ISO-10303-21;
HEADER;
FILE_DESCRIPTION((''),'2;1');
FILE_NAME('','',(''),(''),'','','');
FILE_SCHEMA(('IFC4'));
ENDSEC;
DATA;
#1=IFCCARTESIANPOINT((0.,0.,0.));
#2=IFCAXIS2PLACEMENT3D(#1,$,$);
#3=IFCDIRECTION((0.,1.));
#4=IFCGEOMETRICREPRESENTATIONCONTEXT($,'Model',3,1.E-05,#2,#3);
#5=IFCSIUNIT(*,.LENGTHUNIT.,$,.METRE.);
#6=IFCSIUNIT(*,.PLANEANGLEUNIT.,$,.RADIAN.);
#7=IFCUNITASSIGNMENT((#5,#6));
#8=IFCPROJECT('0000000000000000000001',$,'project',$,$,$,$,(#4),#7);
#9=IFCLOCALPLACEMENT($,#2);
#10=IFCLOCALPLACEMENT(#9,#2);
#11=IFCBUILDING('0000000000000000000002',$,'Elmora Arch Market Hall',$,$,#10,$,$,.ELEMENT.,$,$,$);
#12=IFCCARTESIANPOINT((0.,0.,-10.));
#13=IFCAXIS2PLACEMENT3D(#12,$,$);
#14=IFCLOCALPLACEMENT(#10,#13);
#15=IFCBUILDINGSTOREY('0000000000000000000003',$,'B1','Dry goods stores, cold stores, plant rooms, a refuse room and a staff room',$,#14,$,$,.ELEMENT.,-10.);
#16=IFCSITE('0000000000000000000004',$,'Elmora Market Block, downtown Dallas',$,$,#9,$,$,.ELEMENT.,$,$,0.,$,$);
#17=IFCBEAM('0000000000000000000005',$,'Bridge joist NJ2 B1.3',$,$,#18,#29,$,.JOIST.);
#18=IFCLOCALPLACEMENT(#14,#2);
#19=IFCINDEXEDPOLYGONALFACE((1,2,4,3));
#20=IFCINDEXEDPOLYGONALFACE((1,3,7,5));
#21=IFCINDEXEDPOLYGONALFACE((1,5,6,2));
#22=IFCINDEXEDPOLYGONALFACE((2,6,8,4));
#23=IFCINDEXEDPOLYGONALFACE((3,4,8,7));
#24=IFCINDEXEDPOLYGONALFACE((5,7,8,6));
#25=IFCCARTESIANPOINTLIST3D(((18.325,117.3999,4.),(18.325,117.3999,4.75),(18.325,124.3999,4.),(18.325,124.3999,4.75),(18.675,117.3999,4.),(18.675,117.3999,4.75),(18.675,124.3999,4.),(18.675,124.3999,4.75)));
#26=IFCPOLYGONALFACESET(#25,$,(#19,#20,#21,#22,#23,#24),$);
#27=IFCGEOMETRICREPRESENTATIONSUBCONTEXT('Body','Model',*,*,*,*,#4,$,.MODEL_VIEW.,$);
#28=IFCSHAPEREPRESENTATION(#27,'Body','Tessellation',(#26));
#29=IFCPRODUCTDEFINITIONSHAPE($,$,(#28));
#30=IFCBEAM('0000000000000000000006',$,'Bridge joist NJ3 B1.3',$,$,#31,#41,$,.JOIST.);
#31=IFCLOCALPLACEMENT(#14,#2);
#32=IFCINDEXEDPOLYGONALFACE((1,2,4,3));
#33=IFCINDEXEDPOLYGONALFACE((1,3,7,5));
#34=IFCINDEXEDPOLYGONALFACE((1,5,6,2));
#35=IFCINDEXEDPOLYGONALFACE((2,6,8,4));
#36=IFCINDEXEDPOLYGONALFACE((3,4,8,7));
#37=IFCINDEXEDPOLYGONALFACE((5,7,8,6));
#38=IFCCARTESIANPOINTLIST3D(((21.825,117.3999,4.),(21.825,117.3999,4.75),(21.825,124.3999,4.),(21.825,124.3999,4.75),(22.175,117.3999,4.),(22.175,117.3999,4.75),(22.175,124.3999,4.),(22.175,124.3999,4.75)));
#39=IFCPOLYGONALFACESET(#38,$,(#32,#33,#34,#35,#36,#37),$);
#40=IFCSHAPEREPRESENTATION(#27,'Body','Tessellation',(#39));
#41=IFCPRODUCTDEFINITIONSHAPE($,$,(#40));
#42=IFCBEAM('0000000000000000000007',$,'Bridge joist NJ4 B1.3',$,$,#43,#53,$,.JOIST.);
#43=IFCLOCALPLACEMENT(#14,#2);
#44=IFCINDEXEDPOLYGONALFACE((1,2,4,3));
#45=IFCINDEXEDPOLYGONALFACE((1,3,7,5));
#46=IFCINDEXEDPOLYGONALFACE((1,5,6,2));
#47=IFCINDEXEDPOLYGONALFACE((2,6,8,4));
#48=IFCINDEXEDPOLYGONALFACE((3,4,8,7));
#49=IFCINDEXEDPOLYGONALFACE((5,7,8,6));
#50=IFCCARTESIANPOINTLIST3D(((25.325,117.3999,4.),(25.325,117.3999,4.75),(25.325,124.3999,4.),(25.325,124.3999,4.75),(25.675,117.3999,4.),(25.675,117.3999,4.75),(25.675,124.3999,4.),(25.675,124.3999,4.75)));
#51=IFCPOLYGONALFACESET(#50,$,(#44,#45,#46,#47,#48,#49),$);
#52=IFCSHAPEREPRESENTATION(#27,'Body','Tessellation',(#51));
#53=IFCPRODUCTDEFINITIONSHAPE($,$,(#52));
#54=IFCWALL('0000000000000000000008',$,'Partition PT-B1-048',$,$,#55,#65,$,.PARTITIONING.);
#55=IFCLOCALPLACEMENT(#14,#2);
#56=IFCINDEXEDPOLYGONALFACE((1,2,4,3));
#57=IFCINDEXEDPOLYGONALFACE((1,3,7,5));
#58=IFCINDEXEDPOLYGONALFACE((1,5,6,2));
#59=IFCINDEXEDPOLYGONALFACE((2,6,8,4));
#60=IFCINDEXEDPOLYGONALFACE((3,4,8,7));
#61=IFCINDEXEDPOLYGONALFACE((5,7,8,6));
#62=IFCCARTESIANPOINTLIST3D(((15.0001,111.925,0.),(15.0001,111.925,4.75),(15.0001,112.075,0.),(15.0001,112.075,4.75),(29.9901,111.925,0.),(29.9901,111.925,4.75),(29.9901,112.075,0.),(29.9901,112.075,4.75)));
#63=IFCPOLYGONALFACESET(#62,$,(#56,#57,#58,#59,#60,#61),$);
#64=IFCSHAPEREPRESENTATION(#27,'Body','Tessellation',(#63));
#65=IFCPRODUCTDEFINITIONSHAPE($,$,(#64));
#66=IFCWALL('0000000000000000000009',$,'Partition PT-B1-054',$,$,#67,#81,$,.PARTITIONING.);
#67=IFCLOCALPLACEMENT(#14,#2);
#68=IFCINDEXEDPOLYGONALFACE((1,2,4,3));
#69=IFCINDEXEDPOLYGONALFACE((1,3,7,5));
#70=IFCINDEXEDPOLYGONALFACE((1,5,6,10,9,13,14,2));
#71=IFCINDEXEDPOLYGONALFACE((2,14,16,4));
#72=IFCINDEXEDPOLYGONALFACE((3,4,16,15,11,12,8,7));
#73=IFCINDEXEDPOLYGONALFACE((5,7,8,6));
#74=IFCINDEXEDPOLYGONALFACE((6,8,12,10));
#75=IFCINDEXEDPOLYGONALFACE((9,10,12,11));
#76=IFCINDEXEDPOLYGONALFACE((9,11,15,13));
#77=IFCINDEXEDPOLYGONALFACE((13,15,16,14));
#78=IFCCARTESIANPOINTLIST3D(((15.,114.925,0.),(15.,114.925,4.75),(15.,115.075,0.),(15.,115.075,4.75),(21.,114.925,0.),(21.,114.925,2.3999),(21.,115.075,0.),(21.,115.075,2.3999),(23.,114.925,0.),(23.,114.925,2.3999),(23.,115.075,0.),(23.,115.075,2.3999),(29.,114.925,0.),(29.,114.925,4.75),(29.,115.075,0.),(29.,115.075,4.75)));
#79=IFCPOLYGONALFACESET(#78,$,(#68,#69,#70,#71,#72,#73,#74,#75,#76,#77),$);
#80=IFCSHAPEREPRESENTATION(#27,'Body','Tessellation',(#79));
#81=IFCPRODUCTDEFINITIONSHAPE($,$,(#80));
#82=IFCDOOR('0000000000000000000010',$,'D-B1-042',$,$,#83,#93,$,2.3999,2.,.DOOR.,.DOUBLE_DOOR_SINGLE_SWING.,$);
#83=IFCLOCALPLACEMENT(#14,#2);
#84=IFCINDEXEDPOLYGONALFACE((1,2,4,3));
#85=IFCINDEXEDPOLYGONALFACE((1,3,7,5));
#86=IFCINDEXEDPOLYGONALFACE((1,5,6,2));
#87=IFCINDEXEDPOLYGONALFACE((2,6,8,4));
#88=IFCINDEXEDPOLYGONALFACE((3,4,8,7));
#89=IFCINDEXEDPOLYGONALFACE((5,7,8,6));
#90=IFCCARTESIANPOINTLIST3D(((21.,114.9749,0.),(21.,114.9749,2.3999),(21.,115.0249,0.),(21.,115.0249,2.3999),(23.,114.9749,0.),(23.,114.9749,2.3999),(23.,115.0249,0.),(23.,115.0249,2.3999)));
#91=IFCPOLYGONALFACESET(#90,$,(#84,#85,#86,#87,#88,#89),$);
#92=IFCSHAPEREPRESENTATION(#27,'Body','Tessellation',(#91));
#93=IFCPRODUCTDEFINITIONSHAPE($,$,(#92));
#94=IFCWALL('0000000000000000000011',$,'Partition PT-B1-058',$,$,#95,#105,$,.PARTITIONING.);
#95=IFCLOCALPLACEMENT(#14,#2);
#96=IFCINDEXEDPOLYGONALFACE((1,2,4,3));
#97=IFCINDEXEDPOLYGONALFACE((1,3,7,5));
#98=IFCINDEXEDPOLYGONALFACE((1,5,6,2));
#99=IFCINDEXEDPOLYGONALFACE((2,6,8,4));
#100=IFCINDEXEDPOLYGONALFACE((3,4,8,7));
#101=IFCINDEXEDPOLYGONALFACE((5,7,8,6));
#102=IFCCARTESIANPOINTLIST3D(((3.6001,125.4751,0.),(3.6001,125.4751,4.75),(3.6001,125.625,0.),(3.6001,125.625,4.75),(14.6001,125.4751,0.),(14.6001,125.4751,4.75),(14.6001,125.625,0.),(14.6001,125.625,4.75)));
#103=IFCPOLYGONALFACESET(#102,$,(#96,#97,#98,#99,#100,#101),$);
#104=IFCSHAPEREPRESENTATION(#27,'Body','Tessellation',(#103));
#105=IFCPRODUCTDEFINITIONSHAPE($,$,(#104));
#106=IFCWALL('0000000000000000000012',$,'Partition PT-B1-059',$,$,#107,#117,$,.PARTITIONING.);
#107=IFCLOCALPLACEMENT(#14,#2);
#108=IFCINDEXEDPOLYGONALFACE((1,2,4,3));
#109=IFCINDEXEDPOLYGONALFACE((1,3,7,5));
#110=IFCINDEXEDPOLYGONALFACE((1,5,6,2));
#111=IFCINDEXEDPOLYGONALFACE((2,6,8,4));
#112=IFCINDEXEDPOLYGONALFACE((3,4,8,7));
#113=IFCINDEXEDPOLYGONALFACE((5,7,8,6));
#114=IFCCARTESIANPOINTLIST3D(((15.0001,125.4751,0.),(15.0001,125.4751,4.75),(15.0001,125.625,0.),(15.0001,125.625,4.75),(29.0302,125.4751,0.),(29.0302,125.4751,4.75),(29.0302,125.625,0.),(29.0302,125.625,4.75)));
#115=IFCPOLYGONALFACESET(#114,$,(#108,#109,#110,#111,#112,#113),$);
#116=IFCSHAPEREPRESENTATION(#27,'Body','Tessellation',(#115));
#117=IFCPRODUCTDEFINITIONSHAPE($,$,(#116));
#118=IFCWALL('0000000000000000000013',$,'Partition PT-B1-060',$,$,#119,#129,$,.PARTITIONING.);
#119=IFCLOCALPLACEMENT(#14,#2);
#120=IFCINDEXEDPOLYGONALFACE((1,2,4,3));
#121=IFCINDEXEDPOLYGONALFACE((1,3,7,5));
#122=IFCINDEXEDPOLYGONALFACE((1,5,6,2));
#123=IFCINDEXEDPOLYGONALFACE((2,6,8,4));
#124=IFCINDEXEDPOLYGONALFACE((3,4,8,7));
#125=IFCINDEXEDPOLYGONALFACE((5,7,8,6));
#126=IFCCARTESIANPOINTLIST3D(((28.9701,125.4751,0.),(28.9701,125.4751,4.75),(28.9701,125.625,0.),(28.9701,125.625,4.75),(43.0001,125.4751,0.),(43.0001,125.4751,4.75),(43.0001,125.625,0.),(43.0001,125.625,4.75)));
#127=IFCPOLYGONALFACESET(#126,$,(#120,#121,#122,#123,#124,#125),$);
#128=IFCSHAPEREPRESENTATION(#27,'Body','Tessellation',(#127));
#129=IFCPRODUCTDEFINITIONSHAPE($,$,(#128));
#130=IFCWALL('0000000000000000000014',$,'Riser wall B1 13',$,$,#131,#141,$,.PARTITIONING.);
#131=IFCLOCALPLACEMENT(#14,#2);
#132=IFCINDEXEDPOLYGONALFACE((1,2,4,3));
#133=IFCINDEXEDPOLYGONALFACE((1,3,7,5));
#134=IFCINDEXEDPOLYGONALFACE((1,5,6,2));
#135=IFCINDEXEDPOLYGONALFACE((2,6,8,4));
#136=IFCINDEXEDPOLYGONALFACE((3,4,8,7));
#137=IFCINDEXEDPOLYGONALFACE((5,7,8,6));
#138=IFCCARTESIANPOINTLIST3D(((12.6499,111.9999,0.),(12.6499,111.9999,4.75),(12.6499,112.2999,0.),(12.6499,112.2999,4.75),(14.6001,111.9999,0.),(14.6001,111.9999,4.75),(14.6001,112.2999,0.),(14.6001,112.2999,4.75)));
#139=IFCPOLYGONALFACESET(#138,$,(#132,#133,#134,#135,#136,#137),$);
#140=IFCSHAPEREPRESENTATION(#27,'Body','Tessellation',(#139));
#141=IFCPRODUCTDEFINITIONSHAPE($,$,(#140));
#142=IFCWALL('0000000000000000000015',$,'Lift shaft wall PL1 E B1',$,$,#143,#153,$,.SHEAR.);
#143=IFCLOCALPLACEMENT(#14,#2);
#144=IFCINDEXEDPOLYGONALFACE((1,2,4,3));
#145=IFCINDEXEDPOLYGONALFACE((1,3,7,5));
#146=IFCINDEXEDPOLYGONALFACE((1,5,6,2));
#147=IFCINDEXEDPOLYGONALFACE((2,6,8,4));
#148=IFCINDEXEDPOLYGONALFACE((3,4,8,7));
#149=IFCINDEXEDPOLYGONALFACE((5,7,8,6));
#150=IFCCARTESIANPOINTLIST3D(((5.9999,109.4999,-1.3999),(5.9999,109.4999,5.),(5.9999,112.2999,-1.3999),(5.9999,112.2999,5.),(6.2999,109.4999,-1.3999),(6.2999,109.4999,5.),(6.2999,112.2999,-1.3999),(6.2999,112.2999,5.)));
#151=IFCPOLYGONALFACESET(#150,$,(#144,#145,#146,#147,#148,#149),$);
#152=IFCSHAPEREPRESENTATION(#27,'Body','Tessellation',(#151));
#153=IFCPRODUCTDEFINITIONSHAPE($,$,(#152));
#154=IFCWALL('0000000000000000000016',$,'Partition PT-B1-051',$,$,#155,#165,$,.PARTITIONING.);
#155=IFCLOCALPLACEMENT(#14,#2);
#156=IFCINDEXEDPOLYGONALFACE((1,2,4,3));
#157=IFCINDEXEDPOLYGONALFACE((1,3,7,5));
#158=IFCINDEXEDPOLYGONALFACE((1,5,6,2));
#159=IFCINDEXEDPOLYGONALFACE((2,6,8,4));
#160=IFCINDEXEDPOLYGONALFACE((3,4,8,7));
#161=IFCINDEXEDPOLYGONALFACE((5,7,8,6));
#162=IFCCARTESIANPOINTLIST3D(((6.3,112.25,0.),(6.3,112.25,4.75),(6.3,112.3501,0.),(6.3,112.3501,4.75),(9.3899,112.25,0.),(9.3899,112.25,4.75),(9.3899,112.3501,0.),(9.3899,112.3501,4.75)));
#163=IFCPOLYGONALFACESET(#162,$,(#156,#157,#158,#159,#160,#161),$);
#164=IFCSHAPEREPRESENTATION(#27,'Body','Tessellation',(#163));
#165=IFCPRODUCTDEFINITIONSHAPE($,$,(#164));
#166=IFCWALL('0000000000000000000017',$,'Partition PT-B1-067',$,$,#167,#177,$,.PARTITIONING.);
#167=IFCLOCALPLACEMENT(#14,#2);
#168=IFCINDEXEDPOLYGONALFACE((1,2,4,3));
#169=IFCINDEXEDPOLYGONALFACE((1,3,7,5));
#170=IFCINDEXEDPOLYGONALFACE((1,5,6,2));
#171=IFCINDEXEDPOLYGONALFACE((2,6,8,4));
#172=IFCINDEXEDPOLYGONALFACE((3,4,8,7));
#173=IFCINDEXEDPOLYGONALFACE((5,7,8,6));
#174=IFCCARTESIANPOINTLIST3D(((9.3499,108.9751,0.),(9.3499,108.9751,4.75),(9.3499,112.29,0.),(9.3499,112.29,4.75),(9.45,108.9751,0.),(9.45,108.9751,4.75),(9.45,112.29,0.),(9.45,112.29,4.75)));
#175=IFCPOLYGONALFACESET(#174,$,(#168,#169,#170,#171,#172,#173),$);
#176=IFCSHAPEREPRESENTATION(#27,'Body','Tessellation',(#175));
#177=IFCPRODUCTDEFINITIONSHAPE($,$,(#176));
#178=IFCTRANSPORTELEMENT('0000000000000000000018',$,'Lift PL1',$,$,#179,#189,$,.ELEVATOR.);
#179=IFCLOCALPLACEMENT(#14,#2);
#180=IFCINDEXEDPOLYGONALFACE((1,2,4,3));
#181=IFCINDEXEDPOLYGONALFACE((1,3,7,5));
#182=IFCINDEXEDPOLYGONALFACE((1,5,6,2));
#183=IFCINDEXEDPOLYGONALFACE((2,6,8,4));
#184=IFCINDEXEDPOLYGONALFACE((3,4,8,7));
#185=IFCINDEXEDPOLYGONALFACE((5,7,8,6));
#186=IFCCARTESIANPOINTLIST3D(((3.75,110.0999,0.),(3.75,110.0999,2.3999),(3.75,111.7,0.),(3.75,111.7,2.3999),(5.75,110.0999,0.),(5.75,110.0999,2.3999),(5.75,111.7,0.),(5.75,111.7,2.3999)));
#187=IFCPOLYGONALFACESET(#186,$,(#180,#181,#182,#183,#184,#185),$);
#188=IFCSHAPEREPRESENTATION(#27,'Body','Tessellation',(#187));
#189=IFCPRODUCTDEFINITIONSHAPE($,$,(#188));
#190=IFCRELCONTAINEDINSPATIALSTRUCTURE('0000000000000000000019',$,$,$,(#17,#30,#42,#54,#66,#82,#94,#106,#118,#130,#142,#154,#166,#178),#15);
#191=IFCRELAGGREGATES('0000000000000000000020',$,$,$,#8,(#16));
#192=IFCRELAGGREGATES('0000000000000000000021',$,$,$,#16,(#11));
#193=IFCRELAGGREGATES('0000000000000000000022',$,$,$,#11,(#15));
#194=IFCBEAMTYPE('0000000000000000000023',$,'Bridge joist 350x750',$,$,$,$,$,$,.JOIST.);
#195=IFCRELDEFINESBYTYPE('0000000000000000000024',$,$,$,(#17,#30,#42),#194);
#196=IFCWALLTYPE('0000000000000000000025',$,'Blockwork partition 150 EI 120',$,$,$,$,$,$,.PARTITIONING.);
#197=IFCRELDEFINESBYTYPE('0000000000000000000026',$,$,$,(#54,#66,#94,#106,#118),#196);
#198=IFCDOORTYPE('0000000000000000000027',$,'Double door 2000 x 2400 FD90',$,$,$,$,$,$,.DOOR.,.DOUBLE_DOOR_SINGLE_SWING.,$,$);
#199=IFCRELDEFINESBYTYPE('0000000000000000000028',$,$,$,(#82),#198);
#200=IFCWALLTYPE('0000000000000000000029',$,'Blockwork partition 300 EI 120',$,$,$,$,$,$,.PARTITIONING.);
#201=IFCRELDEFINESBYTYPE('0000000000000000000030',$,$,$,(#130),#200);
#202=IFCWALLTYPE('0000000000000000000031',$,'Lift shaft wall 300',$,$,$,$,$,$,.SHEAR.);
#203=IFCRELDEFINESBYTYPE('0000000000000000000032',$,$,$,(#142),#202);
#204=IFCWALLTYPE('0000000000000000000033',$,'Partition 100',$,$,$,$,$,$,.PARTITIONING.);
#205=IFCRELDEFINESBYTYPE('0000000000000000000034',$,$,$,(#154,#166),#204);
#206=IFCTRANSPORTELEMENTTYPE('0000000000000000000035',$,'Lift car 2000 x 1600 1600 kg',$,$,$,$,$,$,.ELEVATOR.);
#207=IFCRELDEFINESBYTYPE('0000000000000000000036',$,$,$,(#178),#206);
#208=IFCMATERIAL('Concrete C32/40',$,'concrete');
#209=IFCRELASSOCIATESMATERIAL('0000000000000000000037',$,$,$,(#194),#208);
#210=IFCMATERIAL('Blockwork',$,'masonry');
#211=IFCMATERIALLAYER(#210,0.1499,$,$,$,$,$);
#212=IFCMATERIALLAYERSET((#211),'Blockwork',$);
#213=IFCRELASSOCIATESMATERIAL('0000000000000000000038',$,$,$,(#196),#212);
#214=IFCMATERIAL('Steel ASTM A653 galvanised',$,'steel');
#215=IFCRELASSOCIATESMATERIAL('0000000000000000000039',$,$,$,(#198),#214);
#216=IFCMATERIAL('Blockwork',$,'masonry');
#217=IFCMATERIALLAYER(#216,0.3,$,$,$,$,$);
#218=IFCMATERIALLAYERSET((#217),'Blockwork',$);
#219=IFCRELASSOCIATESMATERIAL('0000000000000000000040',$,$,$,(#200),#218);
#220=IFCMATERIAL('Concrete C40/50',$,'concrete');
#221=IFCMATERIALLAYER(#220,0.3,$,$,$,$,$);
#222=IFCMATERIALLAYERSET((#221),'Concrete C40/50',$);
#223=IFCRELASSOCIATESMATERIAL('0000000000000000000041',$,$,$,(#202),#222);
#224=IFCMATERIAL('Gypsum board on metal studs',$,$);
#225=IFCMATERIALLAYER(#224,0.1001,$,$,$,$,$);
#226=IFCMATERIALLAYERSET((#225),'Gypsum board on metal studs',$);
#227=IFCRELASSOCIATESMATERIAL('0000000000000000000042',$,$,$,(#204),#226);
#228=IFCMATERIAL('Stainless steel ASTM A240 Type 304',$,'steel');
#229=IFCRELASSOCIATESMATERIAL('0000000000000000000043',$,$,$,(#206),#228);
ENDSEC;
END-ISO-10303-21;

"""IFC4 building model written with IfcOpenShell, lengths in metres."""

from ifc_helpers import new_model, si_unit, direction, frame, frame_2d, origin, origin_2d, place, context, subcontext, project, spatial, rectangle, extrude, material, layer, layer_set, material_profile, profile_set, type_object, element, fill, save


model = new_model("IFC4")

# Units and contexts
model_context = context("Model", 3, precision=1e-05, world=origin(), true_north=direction((0.0, 1.0)))
body_context = subcontext(model_context, "Body", "Model", "MODEL_VIEW")
ifc_project = project(units=[si_unit("LENGTHUNIT", "METRE"), si_unit("PLANEANGLEUNIT", "RADIAN")], contexts=[model_context])

# Site, building, storey
site_placement = place(None, origin())
site = spatial("IfcSite", under=ifc_project, at=site_placement, Name="Elmora Market Block, downtown Dallas", CompositionType="ELEMENT", RefElevation=0.0)
building_placement = place(site_placement, origin())
building = spatial("IfcBuilding", under=site, at=building_placement, Name="Elmora Arch Market Hall", CompositionType="ELEMENT")
storey_placement = place(building_placement, frame((0.0, 0.0, -10.0)))
storey = spatial("IfcBuildingStorey", under=building, at=storey_placement, Name="B1", Description="Dry goods stores, cold stores, plant rooms, a refuse room and a staff room", CompositionType="ELEMENT", Elevation=-10.0)

# Beams
ifc_material_1 = material(Name="Concrete C32/40", Category="concrete")
ifc_material_profile_1 = material_profile(ifc_material_1, rectangle(XDim=0.3501, YDim=0.75, at=origin_2d()), Name="Bridge joist 350x750")
ifc_profile_set_1 = profile_set([ifc_material_profile_1], Name="Concrete C32/40")
beam_type_1 = type_object("IfcBeamType", Name="Bridge joist 350x750", PredefinedType="JOIST", material=ifc_profile_set_1)
for number, where, z_axis, x_axis, name in (
    (1, (18.5, 117.3999, 4.375), (0.0, 1.0, 0.0), (-1.0, 0.0, 0.0), "Bridge joist NJ2 B1.3"),
    (2, (22.0, 117.3999, 4.375), (0.0, 1.0, 0.0), (-1.0, 0.0, 0.0), "Bridge joist NJ3 B1.3"),
    (3, (25.5, 117.3999, 4.375), (0.0, 1.0, 0.0), (-1.0, 0.0, 0.0), "Bridge joist NJ4 B1.3"),
):
    element("IfcBeam", number, at=place(storey_placement, frame(where, z_axis=z_axis, x_axis=x_axis)), inside=storey, type_object=beam_type_1, Name=name, PredefinedType="JOIST", context=body_context, shape_type="SweptSolid", body=[
        extrude(rectangle(XDim=0.3501, YDim=0.75, at=origin_2d()), origin(), (0.0, 0.0, 1.0), 7.0),
    ])

# Wall
ifc_material_2 = material(Name="Blockwork", Category="masonry")
ifc_layer_1 = layer(ifc_material_2, 0.1499)
ifc_layer_set_1 = layer_set([ifc_layer_1], Name="Blockwork")
wall_type_1 = type_object("IfcWallType", Name="Blockwork partition 150 EI 120", PredefinedType="PARTITIONING", material=ifc_layer_set_1)
wall_1_placement = place(storey_placement, frame((15.0, 112.0, 0.0), z_axis=(0.0, 0.0, 1.0), x_axis=(1.0, 0.0, 0.0)))
element("IfcWall", 4, at=wall_1_placement, inside=storey, type_object=wall_type_1, Name="Partition PT-B1-048", PredefinedType="PARTITIONING", context=body_context, shape_type="SweptSolid", body=[
    extrude(rectangle(XDim=14.99, YDim=0.1499, at=frame_2d((7.4951, 0.0))), origin(), (0.0, 0.0, 1.0), 4.75),
])

# Wall, opening, door
wall_2_placement = place(storey_placement, frame((15.0, 115.0, 0.0), z_axis=(0.0, 0.0, 1.0), x_axis=(1.0, 0.0, 0.0)))
wall_2 = element("IfcWall", 5, at=wall_2_placement, inside=storey, type_object=wall_type_1, Name="Partition PT-B1-054", PredefinedType="PARTITIONING", context=body_context, shape_type="SweptSolid", body=[
    extrude(rectangle(XDim=14.0, YDim=0.1499, at=frame_2d((7.0, 0.0))), origin(), (0.0, 0.0, 1.0), 4.75),
])
opening_placement = place(wall_2_placement, frame((6.0, 0.0, 0.0)))
opening = element("IfcOpeningElement", 6, at=opening_placement, cuts=wall_2, PredefinedType="OPENING", context=body_context, shape_type="SweptSolid", body=[
    extrude(rectangle(XDim=2.0, YDim=2.3999, at=frame_2d((1.0, 1.2))), frame((0.0, 0.085, 0.0), z_axis=(0.0, -1.0, 0.0), x_axis=(1.0, 0.0, 0.0)), (0.0, 0.0, 1.0), 0.1699),
])
ifc_material_3 = material(Name="Steel ASTM A653 galvanised", Category="steel")
door_type = type_object("IfcDoorType", Name="Double door 2000 x 2400 FD90", OperationType="DOUBLE_DOOR_SINGLE_SWING", PredefinedType="DOOR", material=ifc_material_3)
door_placement = place(opening_placement, origin())
door = element("IfcDoor", 7, at=door_placement, inside=storey, type_object=door_type, Name="D-B1-042", OperationType="DOUBLE_DOOR_SINGLE_SWING", OverallHeight=2.3999, OverallWidth=2.0, PredefinedType="DOOR", context=body_context, shape_type="SweptSolid", body=[
    extrude(rectangle(XDim=2.0, YDim=2.3999, at=frame_2d((1.0, 1.2))), frame((0.0, 0.0249, 0.0), z_axis=(0.0, -1.0, 0.0), x_axis=(1.0, 0.0, 0.0)), (0.0, 0.0, 1.0), 0.05),
])
fill(opening, door)

# Walls
wall_3_placement = place(storey_placement, frame((3.6001, 125.55, 0.0), z_axis=(0.0, 0.0, 1.0), x_axis=(1.0, 0.0, 0.0)))
element("IfcWall", 8, at=wall_3_placement, inside=storey, type_object=wall_type_1, Name="Partition PT-B1-058", PredefinedType="PARTITIONING", context=body_context, shape_type="SweptSolid", body=[
    extrude(rectangle(XDim=11.0, YDim=0.1499, at=frame_2d((5.5, 0.0))), origin(), (0.0, 0.0, 1.0), 4.75),
])
for number, where, z_axis, x_axis, name in (
    (9, (15.0, 125.55, 0.0), (0.0, 0.0, 1.0), (1.0, 0.0, 0.0), "Partition PT-B1-059"),
    (10, (28.97, 125.55, 0.0), (0.0, 0.0, 1.0), (1.0, 0.0, 0.0), "Partition PT-B1-060"),
):
    element("IfcWall", number, at=place(storey_placement, frame(where, z_axis=z_axis, x_axis=x_axis)), inside=storey, type_object=wall_type_1, Name=name, PredefinedType="PARTITIONING", context=body_context, shape_type="SweptSolid", body=[
        extrude(rectangle(XDim=14.03, YDim=0.1499, at=frame_2d((7.0151, 0.0))), origin(), (0.0, 0.0, 1.0), 4.75),
    ])
ifc_material_4 = material(Name="Blockwork", Category="masonry")
ifc_layer_2 = layer(ifc_material_4, 0.3)
ifc_layer_set_2 = layer_set([ifc_layer_2], Name="Blockwork")
wall_type_2 = type_object("IfcWallType", Name="Blockwork partition 300 EI 120", PredefinedType="PARTITIONING", material=ifc_layer_set_2)
wall_4_placement = place(storey_placement, frame((12.6499, 112.1499, 0.0), z_axis=(0.0, 0.0, 1.0), x_axis=(1.0, 0.0, 0.0)))
element("IfcWall", 11, at=wall_4_placement, inside=storey, type_object=wall_type_2, Name="Riser wall B1 13", PredefinedType="PARTITIONING", context=body_context, shape_type="SweptSolid", body=[
    extrude(rectangle(XDim=1.9502, YDim=0.3, at=frame_2d((0.9751, 0.0))), origin(), (0.0, 0.0, 1.0), 4.75),
])
ifc_material_5 = material(Name="Concrete C40/50", Category="concrete")
ifc_layer_3 = layer(ifc_material_5, 0.3)
ifc_layer_set_3 = layer_set([ifc_layer_3], Name="Concrete C40/50")
wall_type_3 = type_object("IfcWallType", Name="Lift shaft wall 300", PredefinedType="SHEAR", material=ifc_layer_set_3)
wall_5_placement = place(storey_placement, frame((6.1499, 109.5, -1.3999), z_axis=(0.0, 0.0, 1.0), x_axis=(0.0, 1.0, 0.0)))
element("IfcWall", 12, at=wall_5_placement, inside=storey, type_object=wall_type_3, Name="Lift shaft wall PL1 E B1", PredefinedType="SHEAR", context=body_context, shape_type="SweptSolid", body=[
    extrude(rectangle(XDim=2.8, YDim=0.3, at=frame_2d((1.3999, 0.0))), origin(), (0.0, 0.0, 1.0), 6.3999),
])
ifc_material_6 = material(Name="Gypsum board on metal studs")
ifc_layer_4 = layer(ifc_material_6, 0.1001)
ifc_layer_set_4 = layer_set([ifc_layer_4], Name="Gypsum board on metal studs")
wall_type_4 = type_object("IfcWallType", Name="Partition 100", PredefinedType="PARTITIONING", material=ifc_layer_set_4)
wall_6_placement = place(storey_placement, frame((6.3, 112.3, 0.0), z_axis=(0.0, 0.0, 1.0), x_axis=(1.0, 0.0, 0.0)))
element("IfcWall", 13, at=wall_6_placement, inside=storey, type_object=wall_type_4, Name="Partition PT-B1-051", PredefinedType="PARTITIONING", context=body_context, shape_type="SweptSolid", body=[
    extrude(rectangle(XDim=3.0898, YDim=0.1001, at=frame_2d((1.5449, 0.0))), origin(), (0.0, 0.0, 1.0), 4.75),
])
wall_7_placement = place(storey_placement, frame((9.3999, 108.9751, 0.0), z_axis=(0.0, 0.0, 1.0), x_axis=(0.0, 1.0, 0.0)))
element("IfcWall", 14, at=wall_7_placement, inside=storey, type_object=wall_type_4, Name="Partition PT-B1-067", PredefinedType="PARTITIONING", context=body_context, shape_type="SweptSolid", body=[
    extrude(rectangle(XDim=3.3149, YDim=0.1001, at=frame_2d((1.6575, 0.0))), origin(), (0.0, 0.0, 1.0), 4.75),
])

# Transport element
ifc_material_7 = material(Name="Stainless steel ASTM A240 Type 304", Category="steel")
transport_element_type = type_object("IfcTransportElementType", Name="Lift car 2000 x 1600 1600 kg", PredefinedType="ELEVATOR", material=ifc_material_7)
transport_element_placement = place(storey_placement, frame((4.75, 110.8999, 0.0), z_axis=(0.0, 0.0, 1.0), x_axis=(1.0, 0.0, 0.0)))
element("IfcTransportElement", 15, at=transport_element_placement, inside=storey, type_object=transport_element_type, Name="Lift PL1", PredefinedType="ELEVATOR", context=body_context, shape_type="SweptSolid", body=[
    extrude(rectangle(XDim=2.0, YDim=1.6001, at=origin_2d()), origin(), (0.0, 0.0, 1.0), 2.3999),
])

save(model, "model.ifc")
